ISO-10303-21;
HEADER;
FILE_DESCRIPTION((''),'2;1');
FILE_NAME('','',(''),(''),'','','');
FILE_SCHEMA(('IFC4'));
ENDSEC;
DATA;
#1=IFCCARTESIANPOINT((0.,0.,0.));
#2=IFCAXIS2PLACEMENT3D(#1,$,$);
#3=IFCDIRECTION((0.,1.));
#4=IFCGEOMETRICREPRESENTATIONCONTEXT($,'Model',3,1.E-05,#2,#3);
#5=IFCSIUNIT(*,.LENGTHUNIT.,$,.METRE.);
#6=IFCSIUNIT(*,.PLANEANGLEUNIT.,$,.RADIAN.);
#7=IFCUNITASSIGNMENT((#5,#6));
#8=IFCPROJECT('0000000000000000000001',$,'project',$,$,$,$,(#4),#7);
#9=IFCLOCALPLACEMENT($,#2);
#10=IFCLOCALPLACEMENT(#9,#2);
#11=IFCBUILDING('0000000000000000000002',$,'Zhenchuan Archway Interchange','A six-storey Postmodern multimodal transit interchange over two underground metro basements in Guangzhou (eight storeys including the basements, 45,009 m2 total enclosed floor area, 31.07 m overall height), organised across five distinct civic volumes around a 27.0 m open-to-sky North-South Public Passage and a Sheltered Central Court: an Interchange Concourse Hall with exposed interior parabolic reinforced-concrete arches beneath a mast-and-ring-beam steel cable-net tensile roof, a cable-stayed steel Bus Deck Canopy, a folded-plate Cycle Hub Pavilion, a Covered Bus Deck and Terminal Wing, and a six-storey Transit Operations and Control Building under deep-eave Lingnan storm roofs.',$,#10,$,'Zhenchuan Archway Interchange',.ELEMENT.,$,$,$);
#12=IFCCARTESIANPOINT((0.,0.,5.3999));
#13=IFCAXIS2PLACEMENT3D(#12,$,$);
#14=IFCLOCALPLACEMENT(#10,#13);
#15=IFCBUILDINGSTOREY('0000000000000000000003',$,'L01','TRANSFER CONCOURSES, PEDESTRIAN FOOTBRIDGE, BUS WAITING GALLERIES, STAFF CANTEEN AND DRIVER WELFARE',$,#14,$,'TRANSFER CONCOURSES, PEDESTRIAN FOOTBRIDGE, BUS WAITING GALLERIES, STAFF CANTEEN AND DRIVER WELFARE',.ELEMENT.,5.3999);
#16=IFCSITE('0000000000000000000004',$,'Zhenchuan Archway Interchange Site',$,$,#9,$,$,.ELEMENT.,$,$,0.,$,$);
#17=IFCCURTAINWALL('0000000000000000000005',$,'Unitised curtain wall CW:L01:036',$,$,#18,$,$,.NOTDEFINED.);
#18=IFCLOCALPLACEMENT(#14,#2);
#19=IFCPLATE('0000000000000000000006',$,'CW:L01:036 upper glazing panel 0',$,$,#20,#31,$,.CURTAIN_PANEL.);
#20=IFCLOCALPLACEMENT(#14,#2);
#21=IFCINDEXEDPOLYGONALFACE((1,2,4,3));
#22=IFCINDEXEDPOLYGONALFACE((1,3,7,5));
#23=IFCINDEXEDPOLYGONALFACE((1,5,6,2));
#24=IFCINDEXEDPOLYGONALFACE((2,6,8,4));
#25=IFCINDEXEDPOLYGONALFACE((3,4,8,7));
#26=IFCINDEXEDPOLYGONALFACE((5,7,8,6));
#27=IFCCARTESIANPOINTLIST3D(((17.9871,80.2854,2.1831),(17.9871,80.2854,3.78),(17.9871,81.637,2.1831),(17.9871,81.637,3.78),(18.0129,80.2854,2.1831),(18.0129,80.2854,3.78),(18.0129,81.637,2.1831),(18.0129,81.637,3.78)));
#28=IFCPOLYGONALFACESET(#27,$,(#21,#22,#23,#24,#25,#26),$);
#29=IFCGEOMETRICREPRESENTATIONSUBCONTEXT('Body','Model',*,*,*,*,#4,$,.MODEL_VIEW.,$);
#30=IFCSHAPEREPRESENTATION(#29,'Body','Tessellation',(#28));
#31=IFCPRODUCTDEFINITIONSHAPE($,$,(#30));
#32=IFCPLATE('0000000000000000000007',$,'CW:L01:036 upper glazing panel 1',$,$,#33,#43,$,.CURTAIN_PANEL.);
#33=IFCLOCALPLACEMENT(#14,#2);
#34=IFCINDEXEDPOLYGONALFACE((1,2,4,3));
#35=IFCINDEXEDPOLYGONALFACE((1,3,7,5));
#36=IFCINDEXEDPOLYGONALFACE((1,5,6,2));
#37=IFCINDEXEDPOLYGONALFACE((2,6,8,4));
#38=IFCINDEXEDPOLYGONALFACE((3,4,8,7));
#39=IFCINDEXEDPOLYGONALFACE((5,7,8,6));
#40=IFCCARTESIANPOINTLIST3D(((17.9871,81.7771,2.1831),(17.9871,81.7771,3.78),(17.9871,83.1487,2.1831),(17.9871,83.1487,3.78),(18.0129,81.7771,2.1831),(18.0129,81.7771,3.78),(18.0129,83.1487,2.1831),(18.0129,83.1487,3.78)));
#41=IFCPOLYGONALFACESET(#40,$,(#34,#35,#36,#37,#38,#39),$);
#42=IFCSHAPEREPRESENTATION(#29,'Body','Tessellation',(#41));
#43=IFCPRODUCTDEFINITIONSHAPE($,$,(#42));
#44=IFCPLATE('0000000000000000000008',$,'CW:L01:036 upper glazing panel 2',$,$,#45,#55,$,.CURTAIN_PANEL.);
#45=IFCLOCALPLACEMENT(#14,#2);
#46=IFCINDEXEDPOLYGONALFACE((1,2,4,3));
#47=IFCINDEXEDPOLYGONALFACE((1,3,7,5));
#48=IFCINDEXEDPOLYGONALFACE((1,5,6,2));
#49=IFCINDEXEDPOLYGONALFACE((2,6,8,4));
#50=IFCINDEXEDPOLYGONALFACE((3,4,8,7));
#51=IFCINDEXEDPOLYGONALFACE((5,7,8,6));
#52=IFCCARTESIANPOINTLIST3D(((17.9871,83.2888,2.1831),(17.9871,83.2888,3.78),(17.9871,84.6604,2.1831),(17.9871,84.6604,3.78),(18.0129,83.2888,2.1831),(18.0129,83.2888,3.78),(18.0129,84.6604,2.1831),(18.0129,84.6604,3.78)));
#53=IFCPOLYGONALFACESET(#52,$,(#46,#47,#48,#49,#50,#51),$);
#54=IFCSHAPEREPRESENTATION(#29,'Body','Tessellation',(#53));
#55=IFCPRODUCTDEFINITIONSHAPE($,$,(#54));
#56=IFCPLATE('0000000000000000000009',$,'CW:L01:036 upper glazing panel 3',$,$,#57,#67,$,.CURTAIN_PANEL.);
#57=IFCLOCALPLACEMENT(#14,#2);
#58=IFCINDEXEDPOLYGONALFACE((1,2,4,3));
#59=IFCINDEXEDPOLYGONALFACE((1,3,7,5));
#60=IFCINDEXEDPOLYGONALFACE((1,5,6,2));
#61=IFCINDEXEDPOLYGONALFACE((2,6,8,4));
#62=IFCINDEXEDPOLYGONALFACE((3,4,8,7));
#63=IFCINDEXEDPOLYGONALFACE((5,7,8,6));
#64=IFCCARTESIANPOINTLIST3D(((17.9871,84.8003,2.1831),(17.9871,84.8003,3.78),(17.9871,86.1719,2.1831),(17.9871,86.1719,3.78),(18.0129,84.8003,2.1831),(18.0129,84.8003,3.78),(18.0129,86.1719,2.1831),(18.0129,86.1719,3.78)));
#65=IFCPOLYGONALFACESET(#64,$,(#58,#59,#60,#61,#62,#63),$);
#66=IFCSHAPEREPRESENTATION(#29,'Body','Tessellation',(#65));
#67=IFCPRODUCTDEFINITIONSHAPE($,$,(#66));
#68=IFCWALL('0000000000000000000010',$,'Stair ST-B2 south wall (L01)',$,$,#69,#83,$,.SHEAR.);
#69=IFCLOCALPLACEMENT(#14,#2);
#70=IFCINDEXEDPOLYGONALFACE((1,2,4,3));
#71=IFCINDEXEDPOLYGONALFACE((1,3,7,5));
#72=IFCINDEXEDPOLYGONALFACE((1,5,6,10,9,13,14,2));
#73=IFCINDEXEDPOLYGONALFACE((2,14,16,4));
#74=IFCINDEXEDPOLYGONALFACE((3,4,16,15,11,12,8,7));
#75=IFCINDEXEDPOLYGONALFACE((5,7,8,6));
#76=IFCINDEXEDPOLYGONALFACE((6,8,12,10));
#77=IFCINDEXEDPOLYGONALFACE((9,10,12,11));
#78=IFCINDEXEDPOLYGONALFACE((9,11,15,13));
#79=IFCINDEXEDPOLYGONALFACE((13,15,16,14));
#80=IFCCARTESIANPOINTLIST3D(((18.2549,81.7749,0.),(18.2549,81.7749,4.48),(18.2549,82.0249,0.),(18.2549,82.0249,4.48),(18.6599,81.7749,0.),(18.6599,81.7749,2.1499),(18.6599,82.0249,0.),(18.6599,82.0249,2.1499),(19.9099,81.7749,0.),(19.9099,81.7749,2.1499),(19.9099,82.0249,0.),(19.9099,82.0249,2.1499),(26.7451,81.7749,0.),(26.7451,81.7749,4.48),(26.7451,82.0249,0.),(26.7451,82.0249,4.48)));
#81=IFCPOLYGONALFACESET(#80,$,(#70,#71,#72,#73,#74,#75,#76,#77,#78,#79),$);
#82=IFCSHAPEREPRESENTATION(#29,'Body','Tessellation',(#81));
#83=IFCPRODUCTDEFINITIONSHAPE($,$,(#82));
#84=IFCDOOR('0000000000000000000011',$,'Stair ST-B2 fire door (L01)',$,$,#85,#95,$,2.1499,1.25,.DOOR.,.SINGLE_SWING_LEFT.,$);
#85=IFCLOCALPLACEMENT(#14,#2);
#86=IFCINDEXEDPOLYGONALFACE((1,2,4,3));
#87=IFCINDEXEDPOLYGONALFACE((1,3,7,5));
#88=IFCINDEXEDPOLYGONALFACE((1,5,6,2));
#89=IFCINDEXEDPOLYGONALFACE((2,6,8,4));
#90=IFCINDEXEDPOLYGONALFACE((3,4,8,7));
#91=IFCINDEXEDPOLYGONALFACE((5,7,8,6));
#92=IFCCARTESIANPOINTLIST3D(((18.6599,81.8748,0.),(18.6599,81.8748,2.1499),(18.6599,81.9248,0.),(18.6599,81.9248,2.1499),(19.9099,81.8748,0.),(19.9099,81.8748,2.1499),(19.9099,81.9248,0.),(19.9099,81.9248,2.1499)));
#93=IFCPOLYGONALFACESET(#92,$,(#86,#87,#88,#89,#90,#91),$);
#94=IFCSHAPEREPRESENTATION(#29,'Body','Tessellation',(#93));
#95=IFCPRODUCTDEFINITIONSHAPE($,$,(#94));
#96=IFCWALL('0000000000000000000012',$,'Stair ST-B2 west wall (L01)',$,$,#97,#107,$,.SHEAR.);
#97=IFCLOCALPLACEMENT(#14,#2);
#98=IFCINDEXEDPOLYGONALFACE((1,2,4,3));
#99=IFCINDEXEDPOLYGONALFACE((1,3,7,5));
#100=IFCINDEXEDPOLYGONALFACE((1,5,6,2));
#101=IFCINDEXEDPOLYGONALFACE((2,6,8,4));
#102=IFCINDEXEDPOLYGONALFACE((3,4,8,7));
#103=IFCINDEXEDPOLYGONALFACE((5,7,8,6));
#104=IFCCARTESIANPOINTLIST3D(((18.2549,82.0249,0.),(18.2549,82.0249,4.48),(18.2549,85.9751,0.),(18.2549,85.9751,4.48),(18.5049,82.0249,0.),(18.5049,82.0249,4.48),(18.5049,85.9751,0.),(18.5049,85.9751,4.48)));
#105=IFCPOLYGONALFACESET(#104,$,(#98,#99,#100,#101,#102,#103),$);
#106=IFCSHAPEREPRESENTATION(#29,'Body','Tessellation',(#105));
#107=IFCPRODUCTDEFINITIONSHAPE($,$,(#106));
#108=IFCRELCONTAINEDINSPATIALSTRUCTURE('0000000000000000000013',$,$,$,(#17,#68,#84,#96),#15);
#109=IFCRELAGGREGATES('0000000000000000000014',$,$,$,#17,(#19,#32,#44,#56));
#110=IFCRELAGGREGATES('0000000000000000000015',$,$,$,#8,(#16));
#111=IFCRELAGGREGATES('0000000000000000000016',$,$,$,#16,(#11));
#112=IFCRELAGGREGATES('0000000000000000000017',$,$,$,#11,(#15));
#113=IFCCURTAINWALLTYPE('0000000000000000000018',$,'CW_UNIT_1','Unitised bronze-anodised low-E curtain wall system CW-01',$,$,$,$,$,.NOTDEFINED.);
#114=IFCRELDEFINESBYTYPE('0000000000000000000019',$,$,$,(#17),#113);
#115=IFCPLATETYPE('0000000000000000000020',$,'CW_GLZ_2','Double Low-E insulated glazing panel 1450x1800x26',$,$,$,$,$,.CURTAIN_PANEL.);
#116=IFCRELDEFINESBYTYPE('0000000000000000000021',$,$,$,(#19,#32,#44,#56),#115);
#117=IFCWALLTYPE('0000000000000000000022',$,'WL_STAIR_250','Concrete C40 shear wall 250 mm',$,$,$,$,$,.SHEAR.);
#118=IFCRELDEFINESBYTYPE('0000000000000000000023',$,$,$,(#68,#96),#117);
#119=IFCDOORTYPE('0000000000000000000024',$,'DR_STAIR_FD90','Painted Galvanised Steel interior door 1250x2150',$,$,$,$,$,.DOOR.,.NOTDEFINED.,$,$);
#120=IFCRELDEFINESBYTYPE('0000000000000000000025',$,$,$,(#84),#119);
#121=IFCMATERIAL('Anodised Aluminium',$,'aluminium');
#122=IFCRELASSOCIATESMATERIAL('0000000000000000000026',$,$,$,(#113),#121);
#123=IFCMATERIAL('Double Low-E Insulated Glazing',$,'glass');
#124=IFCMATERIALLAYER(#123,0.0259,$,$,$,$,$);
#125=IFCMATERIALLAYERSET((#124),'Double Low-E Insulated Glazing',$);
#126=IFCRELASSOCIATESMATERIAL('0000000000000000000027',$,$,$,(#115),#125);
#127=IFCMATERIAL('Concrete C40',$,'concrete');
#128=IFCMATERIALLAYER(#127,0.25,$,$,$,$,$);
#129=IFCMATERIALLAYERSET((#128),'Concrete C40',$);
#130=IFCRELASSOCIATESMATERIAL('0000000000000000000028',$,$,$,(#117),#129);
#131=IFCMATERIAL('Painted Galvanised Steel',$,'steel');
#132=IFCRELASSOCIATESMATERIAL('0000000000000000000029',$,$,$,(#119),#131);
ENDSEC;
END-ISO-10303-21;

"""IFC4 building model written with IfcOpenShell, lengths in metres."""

from ifc_helpers import new_model, si_unit, direction, frame, frame_2d, origin, origin_2d, place, context, subcontext, project, spatial, rectangle, extrude, material, layer, layer_set, type_object, element, fill, aggregate, save


model = new_model("IFC4")

# Units and contexts
model_context = context("Model", 3, precision=1e-05, world=origin(), true_north=direction((0.0, 1.0)))
body_context = subcontext(model_context, "Body", "Model", "MODEL_VIEW")
ifc_project = project(units=[si_unit("LENGTHUNIT", "METRE"), si_unit("PLANEANGLEUNIT", "RADIAN")], contexts=[model_context])

# Site, building, storey
site_placement = place(None, origin())
site = spatial("IfcSite", under=ifc_project, at=site_placement, Name="Zhenchuan Archway Interchange Site", CompositionType="ELEMENT", RefElevation=0.0)
building_placement = place(site_placement, origin())
building = spatial("IfcBuilding", under=site, at=building_placement, Name="Zhenchuan Archway Interchange", Description="A six-storey Postmodern multimodal transit interchange over two underground metro basements in Guangzhou (eight storeys including the basements, 45,009 m2 total enclosed floor area, 31.07 m overall height), organised across five distinct civic volumes around a 27.0 m open-to-sky North-South Public Passage and a Sheltered Central Court: an Interchange Concourse Hall with exposed interior parabolic reinforced-concrete arches beneath a mast-and-ring-beam steel cable-net tensile roof, a cable-stayed steel Bus Deck Canopy, a folded-plate Cycle Hub Pavilion, a Covered Bus Deck and Terminal Wing, and a six-storey Transit Operations and Control Building under deep-eave Lingnan storm roofs.", LongName="Zhenchuan Archway Interchange", CompositionType="ELEMENT")
storey_placement = place(building_placement, frame((0.0, 0.0, 5.3999)))
storey = spatial("IfcBuildingStorey", under=building, at=storey_placement, Name="L01", Description="TRANSFER CONCOURSES, PEDESTRIAN FOOTBRIDGE, BUS WAITING GALLERIES, STAFF CANTEEN AND DRIVER WELFARE", LongName="TRANSFER CONCOURSES, PEDESTRIAN FOOTBRIDGE, BUS WAITING GALLERIES, STAFF CANTEEN AND DRIVER WELFARE", CompositionType="ELEMENT", Elevation=5.3999)

# Curtain wall, plates
ifc_material_1 = material(Name="Anodised Aluminium", Category="aluminium")
curtain_wall_type = type_object("IfcCurtainWallType", Name="CW_UNIT_1", Description="Unitised bronze-anodised low-E curtain wall system CW-01", PredefinedType="NOTDEFINED", material=ifc_material_1)
curtain_wall_placement = place(storey_placement, origin())
curtain_wall = element("IfcCurtainWall", 1, at=curtain_wall_placement, inside=storey, type_object=curtain_wall_type, Name="Unitised curtain wall CW:L01:036", PredefinedType="NOTDEFINED")
ifc_material_2 = material(Name="Double Low-E Insulated Glazing", Category="glass")
ifc_layer_1 = layer(ifc_material_2, 0.0259)
ifc_layer_set_1 = layer_set([ifc_layer_1], Name="Double Low-E Insulated Glazing")
plate_type_1 = type_object("IfcPlateType", Name="CW_GLZ_2", Description="Double Low-E insulated glazing panel 1450x1800x26", PredefinedType="CURTAIN_PANEL", material=ifc_layer_set_1)
plate_1_placement = place(storey_placement, frame((18.0, 80.9612, 2.1831), z_axis=(0.0, 0.0, 1.0), x_axis=(0.0, 1.0, 0.0)))
plate_1 = element("IfcPlate", 2, at=plate_1_placement, type_object=plate_type_1, Name="CW:L01:036 upper glazing panel 0", PredefinedType="CURTAIN_PANEL", context=body_context, shape_type="SweptSolid", body=[
    extrude(rectangle(XDim=1.3516, YDim=0.0259, at=origin_2d()), origin(), (0.0, 0.0, 1.0), 1.5969),
])
plate_2_placement = place(storey_placement, frame((18.0, 82.4629, 2.1831), z_axis=(0.0, 0.0, 1.0), x_axis=(0.0, 1.0, 0.0)))
plate_2 = element("IfcPlate", 3, at=plate_2_placement, type_object=plate_type_1, Name="CW:L01:036 upper glazing panel 1", PredefinedType="CURTAIN_PANEL", context=body_context, shape_type="SweptSolid", body=[
    extrude(rectangle(XDim=1.3716, YDim=0.0259, at=origin_2d()), origin(), (0.0, 0.0, 1.0), 1.5969),
])
plate_3_placement = place(storey_placement, frame((18.0, 83.9746, 2.1831), z_axis=(0.0, 0.0, 1.0), x_axis=(0.0, 1.0, 0.0)))
plate_3 = element("IfcPlate", 4, at=plate_3_placement, type_object=plate_type_1, Name="CW:L01:036 upper glazing panel 2", PredefinedType="CURTAIN_PANEL", context=body_context, shape_type="SweptSolid", body=[
    extrude(rectangle(XDim=1.3716, YDim=0.0259, at=origin_2d()), origin(), (0.0, 0.0, 1.0), 1.5969),
])
plate_4_placement = place(storey_placement, frame((18.0, 85.4861, 2.1831), z_axis=(0.0, 0.0, 1.0), x_axis=(0.0, 1.0, 0.0)))
plate_4 = element("IfcPlate", 5, at=plate_4_placement, type_object=plate_type_1, Name="CW:L01:036 upper glazing panel 3", PredefinedType="CURTAIN_PANEL", context=body_context, shape_type="SweptSolid", body=[
    extrude(rectangle(XDim=1.3716, YDim=0.0259, at=origin_2d()), origin(), (0.0, 0.0, 1.0), 1.5969),
])
aggregate(curtain_wall, [plate_1, plate_2, plate_3, plate_4])

# Wall, opening, door
ifc_material_3 = material(Name="Concrete C40", Category="concrete")
ifc_layer_2 = layer(ifc_material_3, 0.25)
ifc_layer_set_2 = layer_set([ifc_layer_2], Name="Concrete C40")
wall_type = type_object("IfcWallType", Name="WL_STAIR_250", Description="Concrete C40 shear wall 250 mm", PredefinedType="SHEAR", material=ifc_layer_set_2)
wall_1_placement = place(storey_placement, frame((18.2549, 81.8999, 0.0), z_axis=(0.0, 0.0, 1.0), x_axis=(1.0, 0.0, 0.0)))
wall_1 = element("IfcWall", 6, at=wall_1_placement, inside=storey, type_object=wall_type, Name="Stair ST-B2 south wall (L01)", PredefinedType="SHEAR", context=body_context, shape_type="SweptSolid", body=[
    extrude(rectangle(XDim=8.4902, YDim=0.25, at=frame_2d((4.2451, 0.0))), origin(), (0.0, 0.0, 1.0), 4.48),
])
opening_placement = place(wall_1_placement, frame((0.405, 0.0, 0.0)))
opening = element("IfcOpeningElement", 7, at=opening_placement, cuts=wall_1, PredefinedType="OPENING", context=body_context, shape_type="SweptSolid", body=[
    extrude(rectangle(XDim=1.25, YDim=2.1499, at=frame_2d((0.625, 1.075))), frame((0.0, 0.137, 0.0), z_axis=(0.0, -1.0, 0.0), x_axis=(1.0, 0.0, 0.0)), (0.0, 0.0, 1.0), 0.2739),
])
ifc_material_4 = material(Name="Painted Galvanised Steel", Category="steel")
door_type = type_object("IfcDoorType", Name="DR_STAIR_FD90", Description="Painted Galvanised Steel interior door 1250x2150", OperationType="NOTDEFINED", PredefinedType="DOOR", material=ifc_material_4)
door_placement = place(opening_placement, origin())
door = element("IfcDoor", 8, at=door_placement, inside=storey, type_object=door_type, Name="Stair ST-B2 fire door (L01)", OperationType="SINGLE_SWING_LEFT", OverallHeight=2.1499, OverallWidth=1.25, PredefinedType="DOOR", context=body_context, shape_type="SweptSolid", body=[
    extrude(rectangle(XDim=1.25, YDim=2.1499, at=frame_2d((0.625, 1.075))), frame((0.0, 0.0249, 0.0), z_axis=(0.0, -1.0, 0.0), x_axis=(1.0, 0.0, 0.0)), (0.0, 0.0, 1.0), 0.05),
])
fill(opening, door)

# Wall
wall_2_placement = place(storey_placement, frame((18.3799, 85.9751, 0.0), z_axis=(0.0, 0.0, 1.0), x_axis=(0.0, -1.0, 0.0)))
element("IfcWall", 9, at=wall_2_placement, inside=storey, type_object=wall_type, Name="Stair ST-B2 west wall (L01)", PredefinedType="SHEAR", context=body_context, shape_type="SweptSolid", body=[
    extrude(rectangle(XDim=3.9502, YDim=0.25, at=frame_2d((1.9751, 0.0))), origin(), (0.0, 0.0, 1.0), 4.48),
])

save(model, "model.ifc")
